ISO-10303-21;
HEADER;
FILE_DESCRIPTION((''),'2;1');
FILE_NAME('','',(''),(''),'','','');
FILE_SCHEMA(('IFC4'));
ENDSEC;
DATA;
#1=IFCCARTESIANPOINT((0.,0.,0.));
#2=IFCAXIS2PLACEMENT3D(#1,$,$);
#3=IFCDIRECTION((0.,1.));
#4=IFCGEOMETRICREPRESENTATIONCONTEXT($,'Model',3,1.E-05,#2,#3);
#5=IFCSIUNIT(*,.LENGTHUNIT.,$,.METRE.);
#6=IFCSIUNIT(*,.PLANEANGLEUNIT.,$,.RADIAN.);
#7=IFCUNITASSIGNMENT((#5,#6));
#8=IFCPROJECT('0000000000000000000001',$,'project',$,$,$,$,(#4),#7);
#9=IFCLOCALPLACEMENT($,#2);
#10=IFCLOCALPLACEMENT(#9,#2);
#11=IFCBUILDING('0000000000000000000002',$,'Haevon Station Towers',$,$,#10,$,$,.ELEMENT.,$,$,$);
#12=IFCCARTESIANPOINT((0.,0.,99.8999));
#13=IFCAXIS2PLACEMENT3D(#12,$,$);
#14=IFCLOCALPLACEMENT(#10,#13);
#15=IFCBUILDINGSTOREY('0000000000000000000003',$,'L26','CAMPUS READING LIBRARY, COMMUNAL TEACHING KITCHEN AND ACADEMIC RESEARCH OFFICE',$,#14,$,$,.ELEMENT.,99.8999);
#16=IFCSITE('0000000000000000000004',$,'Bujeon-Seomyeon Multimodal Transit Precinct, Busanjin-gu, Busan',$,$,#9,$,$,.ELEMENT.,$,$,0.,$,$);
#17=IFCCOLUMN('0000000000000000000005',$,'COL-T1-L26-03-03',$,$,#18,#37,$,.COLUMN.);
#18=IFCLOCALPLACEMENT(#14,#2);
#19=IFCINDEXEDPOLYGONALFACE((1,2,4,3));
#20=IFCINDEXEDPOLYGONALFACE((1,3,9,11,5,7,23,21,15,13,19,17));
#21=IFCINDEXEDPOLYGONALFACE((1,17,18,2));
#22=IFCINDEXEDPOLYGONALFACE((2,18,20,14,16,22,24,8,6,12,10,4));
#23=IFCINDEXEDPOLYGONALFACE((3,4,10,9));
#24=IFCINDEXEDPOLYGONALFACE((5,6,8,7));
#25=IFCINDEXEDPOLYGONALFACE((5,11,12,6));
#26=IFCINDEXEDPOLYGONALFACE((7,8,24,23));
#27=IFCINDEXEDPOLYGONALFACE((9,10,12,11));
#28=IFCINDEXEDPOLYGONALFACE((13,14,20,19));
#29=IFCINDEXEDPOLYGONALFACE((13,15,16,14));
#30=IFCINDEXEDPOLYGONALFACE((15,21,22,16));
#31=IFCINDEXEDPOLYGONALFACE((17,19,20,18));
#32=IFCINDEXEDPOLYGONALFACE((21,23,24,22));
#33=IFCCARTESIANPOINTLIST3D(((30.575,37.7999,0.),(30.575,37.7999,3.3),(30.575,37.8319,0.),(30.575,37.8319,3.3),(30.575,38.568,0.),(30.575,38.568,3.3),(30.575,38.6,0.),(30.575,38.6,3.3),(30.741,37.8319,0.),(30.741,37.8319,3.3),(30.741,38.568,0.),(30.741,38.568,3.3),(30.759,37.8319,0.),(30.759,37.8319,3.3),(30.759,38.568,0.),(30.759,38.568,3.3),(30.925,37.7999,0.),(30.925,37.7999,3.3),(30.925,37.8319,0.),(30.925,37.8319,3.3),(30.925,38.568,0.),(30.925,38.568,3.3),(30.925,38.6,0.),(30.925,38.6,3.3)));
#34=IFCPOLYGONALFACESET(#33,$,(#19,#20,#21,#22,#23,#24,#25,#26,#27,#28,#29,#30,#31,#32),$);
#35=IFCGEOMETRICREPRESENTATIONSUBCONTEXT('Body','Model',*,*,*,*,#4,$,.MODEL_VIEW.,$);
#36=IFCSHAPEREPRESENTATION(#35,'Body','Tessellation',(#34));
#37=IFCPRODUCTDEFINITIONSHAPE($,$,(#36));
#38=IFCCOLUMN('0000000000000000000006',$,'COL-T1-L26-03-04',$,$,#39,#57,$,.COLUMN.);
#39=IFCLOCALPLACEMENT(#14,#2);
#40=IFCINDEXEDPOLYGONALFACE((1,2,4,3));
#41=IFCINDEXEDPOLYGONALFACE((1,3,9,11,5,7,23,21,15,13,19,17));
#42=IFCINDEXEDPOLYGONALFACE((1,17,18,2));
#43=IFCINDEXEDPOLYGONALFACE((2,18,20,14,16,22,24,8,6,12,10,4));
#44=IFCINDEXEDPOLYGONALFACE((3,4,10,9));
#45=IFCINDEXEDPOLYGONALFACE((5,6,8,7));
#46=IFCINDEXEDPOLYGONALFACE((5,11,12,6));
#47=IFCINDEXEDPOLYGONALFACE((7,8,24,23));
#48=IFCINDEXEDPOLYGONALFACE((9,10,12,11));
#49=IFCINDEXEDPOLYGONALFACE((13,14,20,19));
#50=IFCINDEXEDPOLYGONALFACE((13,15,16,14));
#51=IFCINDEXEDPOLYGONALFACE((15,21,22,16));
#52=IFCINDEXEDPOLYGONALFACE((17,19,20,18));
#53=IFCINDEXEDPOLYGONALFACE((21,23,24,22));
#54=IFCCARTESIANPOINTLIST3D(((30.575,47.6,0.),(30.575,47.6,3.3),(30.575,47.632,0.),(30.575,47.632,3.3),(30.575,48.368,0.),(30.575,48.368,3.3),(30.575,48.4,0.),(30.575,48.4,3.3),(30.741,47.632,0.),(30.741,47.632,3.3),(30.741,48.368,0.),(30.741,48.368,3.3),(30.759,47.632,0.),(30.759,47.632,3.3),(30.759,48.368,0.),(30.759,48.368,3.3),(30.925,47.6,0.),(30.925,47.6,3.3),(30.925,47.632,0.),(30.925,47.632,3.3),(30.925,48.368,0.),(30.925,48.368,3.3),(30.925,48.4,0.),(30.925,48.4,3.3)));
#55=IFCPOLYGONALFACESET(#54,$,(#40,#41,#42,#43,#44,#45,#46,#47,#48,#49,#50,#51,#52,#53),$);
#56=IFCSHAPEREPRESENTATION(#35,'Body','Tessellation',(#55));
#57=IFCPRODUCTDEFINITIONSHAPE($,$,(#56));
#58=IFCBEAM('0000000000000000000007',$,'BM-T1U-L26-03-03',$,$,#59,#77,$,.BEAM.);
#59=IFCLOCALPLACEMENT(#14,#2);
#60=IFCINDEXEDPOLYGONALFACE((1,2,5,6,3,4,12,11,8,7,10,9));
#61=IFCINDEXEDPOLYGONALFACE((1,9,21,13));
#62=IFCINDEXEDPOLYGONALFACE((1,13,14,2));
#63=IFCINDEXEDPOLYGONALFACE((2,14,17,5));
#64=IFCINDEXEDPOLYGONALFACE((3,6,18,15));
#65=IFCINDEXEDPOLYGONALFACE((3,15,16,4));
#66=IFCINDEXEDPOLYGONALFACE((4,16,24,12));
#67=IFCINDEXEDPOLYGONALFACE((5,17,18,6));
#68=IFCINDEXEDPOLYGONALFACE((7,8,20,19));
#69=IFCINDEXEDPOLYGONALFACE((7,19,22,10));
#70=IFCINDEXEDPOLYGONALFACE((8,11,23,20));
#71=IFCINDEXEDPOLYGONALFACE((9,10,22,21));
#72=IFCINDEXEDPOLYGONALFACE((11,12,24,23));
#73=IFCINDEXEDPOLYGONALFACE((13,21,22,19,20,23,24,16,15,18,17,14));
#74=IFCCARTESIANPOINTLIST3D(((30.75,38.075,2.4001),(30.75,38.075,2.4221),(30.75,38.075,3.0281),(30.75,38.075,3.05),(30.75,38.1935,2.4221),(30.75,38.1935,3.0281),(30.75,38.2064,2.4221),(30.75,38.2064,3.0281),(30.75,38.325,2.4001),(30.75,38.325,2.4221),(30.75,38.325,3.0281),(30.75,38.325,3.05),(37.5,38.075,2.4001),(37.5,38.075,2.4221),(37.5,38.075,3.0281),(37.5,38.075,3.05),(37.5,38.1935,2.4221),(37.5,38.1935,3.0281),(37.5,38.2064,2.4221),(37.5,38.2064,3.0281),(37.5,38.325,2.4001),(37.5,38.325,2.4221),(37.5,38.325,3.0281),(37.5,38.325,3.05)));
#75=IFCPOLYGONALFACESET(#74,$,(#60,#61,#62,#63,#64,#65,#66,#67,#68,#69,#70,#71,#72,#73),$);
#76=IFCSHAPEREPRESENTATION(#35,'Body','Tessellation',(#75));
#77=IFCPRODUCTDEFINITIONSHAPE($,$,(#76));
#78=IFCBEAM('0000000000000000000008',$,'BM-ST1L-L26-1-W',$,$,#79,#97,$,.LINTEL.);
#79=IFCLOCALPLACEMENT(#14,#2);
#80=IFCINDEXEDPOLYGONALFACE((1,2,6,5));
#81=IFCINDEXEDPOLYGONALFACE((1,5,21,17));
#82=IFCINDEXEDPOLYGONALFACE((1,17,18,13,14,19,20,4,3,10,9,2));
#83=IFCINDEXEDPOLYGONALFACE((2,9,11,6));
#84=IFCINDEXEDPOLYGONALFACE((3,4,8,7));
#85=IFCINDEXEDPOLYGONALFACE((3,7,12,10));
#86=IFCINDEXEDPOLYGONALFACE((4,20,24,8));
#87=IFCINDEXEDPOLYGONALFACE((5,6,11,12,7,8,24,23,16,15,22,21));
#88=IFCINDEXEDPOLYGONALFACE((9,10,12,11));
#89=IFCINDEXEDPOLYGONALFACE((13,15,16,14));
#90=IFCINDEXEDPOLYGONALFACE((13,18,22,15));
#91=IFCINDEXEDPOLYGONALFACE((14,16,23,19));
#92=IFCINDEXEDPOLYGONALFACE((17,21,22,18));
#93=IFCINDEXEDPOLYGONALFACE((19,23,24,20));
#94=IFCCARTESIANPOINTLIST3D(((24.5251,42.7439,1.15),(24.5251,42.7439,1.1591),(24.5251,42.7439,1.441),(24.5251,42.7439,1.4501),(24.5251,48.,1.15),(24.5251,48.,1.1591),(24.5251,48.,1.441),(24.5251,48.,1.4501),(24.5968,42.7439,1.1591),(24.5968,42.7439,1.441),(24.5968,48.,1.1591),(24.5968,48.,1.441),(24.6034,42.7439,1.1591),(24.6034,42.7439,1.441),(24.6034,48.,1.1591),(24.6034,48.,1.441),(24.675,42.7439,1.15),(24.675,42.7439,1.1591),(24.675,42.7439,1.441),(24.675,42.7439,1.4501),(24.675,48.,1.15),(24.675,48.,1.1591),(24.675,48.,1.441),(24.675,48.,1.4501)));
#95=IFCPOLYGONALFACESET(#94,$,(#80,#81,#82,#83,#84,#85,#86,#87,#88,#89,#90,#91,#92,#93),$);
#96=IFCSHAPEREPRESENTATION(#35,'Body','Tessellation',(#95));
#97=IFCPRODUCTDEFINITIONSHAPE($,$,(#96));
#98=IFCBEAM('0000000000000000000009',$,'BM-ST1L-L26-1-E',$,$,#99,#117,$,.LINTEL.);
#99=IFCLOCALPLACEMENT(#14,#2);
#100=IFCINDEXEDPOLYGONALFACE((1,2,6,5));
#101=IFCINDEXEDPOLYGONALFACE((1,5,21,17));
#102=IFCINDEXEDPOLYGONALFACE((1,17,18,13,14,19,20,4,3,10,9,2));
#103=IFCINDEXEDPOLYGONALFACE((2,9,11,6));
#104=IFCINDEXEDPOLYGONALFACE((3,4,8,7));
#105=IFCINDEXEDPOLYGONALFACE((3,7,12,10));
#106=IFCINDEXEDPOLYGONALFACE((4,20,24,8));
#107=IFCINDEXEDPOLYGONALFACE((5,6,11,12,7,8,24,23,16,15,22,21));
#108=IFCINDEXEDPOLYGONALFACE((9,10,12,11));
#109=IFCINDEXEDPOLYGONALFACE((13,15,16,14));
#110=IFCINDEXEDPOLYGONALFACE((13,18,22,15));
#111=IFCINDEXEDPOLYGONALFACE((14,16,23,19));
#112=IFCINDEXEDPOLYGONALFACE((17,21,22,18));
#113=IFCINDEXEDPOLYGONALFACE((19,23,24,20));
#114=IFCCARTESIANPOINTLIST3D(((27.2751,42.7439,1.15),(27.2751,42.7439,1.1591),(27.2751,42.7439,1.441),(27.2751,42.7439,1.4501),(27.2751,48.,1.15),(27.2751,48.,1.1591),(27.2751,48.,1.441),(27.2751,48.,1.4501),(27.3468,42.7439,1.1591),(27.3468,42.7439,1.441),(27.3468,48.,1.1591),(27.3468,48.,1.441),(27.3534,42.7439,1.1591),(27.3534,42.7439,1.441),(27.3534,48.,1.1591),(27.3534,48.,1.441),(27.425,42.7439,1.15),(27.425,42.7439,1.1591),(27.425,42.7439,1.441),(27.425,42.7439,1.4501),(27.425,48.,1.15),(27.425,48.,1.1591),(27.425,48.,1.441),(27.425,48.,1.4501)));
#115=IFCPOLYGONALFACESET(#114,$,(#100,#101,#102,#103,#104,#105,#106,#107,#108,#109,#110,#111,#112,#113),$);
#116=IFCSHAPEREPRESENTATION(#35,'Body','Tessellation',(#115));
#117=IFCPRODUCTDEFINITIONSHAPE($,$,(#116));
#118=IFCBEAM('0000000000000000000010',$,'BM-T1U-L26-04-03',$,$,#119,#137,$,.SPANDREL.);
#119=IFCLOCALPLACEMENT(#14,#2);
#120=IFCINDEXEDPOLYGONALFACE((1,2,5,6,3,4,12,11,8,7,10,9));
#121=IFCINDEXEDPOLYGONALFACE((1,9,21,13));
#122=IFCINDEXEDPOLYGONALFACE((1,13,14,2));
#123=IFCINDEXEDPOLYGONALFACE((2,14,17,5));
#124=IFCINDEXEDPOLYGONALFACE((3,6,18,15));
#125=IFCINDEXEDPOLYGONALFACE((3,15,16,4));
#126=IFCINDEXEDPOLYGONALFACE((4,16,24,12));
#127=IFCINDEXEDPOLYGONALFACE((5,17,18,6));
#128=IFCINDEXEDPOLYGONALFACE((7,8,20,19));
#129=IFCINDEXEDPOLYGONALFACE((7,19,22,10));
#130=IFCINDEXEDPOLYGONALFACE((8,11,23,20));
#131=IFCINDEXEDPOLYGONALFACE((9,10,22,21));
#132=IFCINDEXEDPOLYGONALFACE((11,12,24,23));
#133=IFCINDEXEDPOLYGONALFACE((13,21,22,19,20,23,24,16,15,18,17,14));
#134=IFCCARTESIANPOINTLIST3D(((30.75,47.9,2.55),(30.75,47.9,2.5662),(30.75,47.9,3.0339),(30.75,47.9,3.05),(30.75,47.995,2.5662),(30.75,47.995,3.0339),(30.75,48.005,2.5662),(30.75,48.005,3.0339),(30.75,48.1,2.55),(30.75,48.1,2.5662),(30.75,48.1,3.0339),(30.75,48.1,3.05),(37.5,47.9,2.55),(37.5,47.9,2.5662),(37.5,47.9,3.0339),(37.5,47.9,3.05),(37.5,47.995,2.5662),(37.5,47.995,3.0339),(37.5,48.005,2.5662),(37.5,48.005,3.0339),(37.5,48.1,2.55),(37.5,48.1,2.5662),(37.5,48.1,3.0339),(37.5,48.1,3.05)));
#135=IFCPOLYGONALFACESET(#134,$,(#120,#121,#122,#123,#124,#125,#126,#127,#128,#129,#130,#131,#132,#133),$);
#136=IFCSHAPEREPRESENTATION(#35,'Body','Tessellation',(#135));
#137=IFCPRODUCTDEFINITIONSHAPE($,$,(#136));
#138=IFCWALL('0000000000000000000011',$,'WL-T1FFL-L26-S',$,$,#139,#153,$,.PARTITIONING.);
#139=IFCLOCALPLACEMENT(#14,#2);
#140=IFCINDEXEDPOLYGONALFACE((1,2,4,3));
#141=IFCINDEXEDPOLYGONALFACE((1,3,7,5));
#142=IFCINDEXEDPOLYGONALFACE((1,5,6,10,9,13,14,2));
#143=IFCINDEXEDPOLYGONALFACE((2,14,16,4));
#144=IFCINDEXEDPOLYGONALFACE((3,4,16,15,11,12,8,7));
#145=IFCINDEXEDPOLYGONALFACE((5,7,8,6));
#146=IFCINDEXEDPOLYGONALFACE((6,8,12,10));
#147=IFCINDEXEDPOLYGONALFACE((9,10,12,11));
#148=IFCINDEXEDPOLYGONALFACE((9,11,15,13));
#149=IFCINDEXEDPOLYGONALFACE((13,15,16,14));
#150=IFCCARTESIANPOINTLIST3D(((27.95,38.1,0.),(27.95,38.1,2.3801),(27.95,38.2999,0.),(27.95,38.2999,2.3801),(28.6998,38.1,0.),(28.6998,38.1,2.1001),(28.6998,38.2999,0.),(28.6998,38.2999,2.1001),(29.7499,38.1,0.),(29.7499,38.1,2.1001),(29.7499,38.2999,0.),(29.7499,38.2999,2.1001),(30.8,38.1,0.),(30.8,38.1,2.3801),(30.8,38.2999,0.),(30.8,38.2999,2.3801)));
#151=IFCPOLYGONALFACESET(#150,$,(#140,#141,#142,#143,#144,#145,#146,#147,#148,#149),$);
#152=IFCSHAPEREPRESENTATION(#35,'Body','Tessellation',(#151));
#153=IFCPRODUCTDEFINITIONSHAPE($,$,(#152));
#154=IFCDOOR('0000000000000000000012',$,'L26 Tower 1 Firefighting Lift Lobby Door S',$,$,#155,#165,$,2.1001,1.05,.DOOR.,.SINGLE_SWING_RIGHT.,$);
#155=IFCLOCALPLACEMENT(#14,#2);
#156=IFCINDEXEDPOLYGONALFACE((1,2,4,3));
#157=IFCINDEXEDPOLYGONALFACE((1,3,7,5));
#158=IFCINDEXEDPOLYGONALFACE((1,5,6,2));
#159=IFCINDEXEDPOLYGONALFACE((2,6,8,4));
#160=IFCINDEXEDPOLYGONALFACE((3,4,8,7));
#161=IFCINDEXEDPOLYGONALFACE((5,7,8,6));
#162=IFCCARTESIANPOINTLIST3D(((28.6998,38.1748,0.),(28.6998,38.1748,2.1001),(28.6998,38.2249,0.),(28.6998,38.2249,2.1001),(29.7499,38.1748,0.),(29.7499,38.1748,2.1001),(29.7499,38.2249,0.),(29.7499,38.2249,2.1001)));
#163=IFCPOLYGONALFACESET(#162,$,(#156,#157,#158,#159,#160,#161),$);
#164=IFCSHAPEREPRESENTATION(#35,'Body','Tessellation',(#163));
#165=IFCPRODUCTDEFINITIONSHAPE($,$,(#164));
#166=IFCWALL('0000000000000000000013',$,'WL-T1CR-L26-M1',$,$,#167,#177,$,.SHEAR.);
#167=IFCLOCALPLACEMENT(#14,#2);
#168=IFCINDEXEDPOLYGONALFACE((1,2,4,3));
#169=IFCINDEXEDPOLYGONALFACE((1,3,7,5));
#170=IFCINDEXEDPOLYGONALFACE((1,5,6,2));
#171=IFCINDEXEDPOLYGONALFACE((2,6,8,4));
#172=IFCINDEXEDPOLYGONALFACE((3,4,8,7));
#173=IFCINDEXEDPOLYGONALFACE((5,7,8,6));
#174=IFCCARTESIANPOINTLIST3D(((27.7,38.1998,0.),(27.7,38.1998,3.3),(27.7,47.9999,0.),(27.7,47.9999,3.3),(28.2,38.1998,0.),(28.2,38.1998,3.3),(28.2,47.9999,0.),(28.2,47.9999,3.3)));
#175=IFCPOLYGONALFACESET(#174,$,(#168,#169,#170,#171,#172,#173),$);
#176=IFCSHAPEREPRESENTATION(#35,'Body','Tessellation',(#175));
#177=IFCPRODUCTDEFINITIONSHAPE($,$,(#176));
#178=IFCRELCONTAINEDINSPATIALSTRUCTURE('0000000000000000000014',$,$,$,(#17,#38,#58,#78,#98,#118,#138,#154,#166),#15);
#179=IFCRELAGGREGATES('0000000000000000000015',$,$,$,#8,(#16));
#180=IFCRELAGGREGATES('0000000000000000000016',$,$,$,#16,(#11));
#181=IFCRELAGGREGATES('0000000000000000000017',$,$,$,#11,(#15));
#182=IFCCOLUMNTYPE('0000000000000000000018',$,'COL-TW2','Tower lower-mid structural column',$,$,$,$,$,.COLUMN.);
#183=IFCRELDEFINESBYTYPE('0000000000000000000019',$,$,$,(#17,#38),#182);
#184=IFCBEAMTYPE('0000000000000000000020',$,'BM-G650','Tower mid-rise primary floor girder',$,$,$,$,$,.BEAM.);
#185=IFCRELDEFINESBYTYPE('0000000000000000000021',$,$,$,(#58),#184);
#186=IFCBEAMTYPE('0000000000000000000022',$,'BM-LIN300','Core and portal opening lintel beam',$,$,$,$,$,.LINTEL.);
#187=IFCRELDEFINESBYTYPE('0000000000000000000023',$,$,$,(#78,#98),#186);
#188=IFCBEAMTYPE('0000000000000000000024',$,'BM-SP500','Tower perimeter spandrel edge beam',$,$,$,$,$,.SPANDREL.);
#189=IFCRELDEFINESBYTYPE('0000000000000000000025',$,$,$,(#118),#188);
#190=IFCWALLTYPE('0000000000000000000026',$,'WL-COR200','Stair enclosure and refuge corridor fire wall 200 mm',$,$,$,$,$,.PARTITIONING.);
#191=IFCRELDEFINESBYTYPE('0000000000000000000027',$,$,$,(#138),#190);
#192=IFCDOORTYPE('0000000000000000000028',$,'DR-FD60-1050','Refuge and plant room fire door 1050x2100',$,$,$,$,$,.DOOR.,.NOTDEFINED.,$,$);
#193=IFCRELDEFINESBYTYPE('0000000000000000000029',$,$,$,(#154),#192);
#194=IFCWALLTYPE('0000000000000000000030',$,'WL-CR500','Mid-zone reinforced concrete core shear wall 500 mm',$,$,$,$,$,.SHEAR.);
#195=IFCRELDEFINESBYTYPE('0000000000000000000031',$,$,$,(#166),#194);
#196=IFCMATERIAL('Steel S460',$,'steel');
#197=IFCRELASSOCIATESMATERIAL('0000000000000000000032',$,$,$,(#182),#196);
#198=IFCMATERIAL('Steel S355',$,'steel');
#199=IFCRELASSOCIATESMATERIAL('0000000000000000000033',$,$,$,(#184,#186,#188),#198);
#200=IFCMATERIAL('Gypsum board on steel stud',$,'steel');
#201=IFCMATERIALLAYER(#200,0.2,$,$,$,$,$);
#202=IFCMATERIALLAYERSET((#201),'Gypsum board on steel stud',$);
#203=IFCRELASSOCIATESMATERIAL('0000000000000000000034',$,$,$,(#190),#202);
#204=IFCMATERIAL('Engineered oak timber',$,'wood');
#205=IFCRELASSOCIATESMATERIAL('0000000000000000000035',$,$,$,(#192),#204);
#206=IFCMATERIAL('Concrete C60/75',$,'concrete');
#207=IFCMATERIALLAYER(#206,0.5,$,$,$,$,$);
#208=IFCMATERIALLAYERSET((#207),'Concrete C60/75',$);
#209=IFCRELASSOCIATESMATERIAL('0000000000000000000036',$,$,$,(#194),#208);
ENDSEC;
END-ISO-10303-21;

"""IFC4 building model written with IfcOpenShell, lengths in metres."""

from ifc_helpers import new_model, si_unit, direction, frame, frame_2d, origin, origin_2d, place, context, subcontext, project, spatial, rectangle, i_section, extrude, material, layer, layer_set, material_profile, profile_set, type_object, element, fill, save


model = new_model("IFC4")

# Units and contexts
model_context = context("Model", 3, precision=1e-05, world=origin(), true_north=direction((0.0, 1.0)))
body_context = subcontext(model_context, "Body", "Model", "MODEL_VIEW")
ifc_project = project(units=[si_unit("LENGTHUNIT", "METRE"), si_unit("PLANEANGLEUNIT", "RADIAN")], contexts=[model_context])

# Site, building, storey
site_placement = place(None, origin())
site = spatial("IfcSite", under=ifc_project, at=site_placement, Name="Bujeon-Seomyeon Multimodal Transit Precinct, Busanjin-gu, Busan", CompositionType="ELEMENT", RefElevation=0.0)
building_placement = place(site_placement, origin())
building = spatial("IfcBuilding", under=site, at=building_placement, Name="Haevon Station Towers", CompositionType="ELEMENT")
storey_placement = place(building_placement, frame((0.0, 0.0, 99.8999)))
storey = spatial("IfcBuildingStorey", under=building, at=storey_placement, Name="L26", Description="CAMPUS READING LIBRARY, COMMUNAL TEACHING KITCHEN AND ACADEMIC RESEARCH OFFICE", CompositionType="ELEMENT", Elevation=99.8999)

# Columns
ifc_material_1 = material(Name="Steel S460", Category="steel")
ifc_material_profile_1 = material_profile(ifc_material_1, i_section(OverallWidth=0.3501, OverallDepth=0.8, WebThickness=0.0181, FlangeThickness=0.032, at=origin_2d()), Name="H-800x350x18x32")
ifc_profile_set_1 = profile_set([ifc_material_profile_1], Name="Steel S460")
column_type = type_object("IfcColumnType", Name="COL-TW2", Description="Tower lower-mid structural column", PredefinedType="COLUMN", material=ifc_profile_set_1)
for number, where, z_axis, x_axis, name in (
    (1, (30.75, 38.2, 0.0), (0.0, 0.0, 1.0), (1.0, 0.0, 0.0), "COL-T1-L26-03-03"),
    (2, (30.75, 48.0, 0.0), (0.0, 0.0, 1.0), (1.0, 0.0, 0.0), "COL-T1-L26-03-04"),
):
    element("IfcColumn", number, at=place(storey_placement, frame(where, z_axis=z_axis, x_axis=x_axis)), inside=storey, type_object=column_type, Name=name, PredefinedType="COLUMN", context=body_context, shape_type="SweptSolid", body=[
        extrude(i_section(OverallWidth=0.3501, OverallDepth=0.8, WebThickness=0.0181, FlangeThickness=0.032, at=origin_2d()), origin(), (0.0, 0.0, 1.0), 3.3),
    ])

# Beams
ifc_material_2 = material(Name="Steel S355", Category="steel")
ifc_material_profile_2 = material_profile(ifc_material_2, i_section(OverallWidth=0.25, OverallDepth=0.6499, WebThickness=0.0129, FlangeThickness=0.022, at=origin_2d()), Name="H-650x250x13x22")
ifc_profile_set_2 = profile_set([ifc_material_profile_2], Name="Steel S355")
beam_type_1 = type_object("IfcBeamType", Name="BM-G650", Description="Tower mid-rise primary floor girder", PredefinedType="BEAM", material=ifc_profile_set_2)
beam_1_placement = place(storey_placement, frame((30.75, 38.2, 2.7251), z_axis=(1.0, 0.0, 0.0), x_axis=(0.0, 1.0, 0.0)))
element("IfcBeam", 3, at=beam_1_placement, inside=storey, type_object=beam_type_1, Name="BM-T1U-L26-03-03", PredefinedType="BEAM", context=body_context, shape_type="SweptSolid", body=[
    extrude(i_section(OverallWidth=0.25, OverallDepth=0.6499, WebThickness=0.0129, FlangeThickness=0.022, at=origin_2d()), origin(), (0.0, 0.0, 1.0), 6.75),
])
ifc_material_profile_3 = material_profile(ifc_material_2, i_section(OverallWidth=0.1499, OverallDepth=0.3, WebThickness=0.0066, FlangeThickness=0.009, at=origin_2d()), Name="H-300x150x6.5x9")
ifc_profile_set_3 = profile_set([ifc_material_profile_3], Name="Steel S355")
beam_type_2 = type_object("IfcBeamType", Name="BM-LIN300", Description="Core and portal opening lintel beam", PredefinedType="LINTEL", material=ifc_profile_set_3)
for number, where, z_axis, x_axis, name in (
    (4, (24.6001, 42.7439, 1.3), (0.0, 1.0, 0.0), (-1.0, 0.0, 0.0), "BM-ST1L-L26-1-W"),
    (5, (27.3501, 42.7439, 1.3), (0.0, 1.0, 0.0), (-1.0, 0.0, 0.0), "BM-ST1L-L26-1-E"),
):
    element("IfcBeam", number, at=place(storey_placement, frame(where, z_axis=z_axis, x_axis=x_axis)), inside=storey, type_object=beam_type_2, Name=name, PredefinedType="LINTEL", context=body_context, shape_type="SweptSolid", body=[
        extrude(i_section(OverallWidth=0.1499, OverallDepth=0.3, WebThickness=0.0066, FlangeThickness=0.009, at=origin_2d()), origin(), (0.0, 0.0, 1.0), 5.2561),
    ])
ifc_material_profile_4 = material_profile(ifc_material_2, i_section(OverallWidth=0.2, OverallDepth=0.5, WebThickness=0.01, FlangeThickness=0.0161, at=origin_2d()), Name="H-500x200x10x16")
ifc_profile_set_4 = profile_set([ifc_material_profile_4], Name="Steel S355")
beam_type_3 = type_object("IfcBeamType", Name="BM-SP500", Description="Tower perimeter spandrel edge beam", PredefinedType="SPANDREL", material=ifc_profile_set_4)
beam_2_placement = place(storey_placement, frame((30.75, 48.0, 2.8), z_axis=(1.0, 0.0, 0.0), x_axis=(0.0, 1.0, 0.0)))
element("IfcBeam", 6, at=beam_2_placement, inside=storey, type_object=beam_type_3, Name="BM-T1U-L26-04-03", PredefinedType="SPANDREL", context=body_context, shape_type="SweptSolid", body=[
    extrude(i_section(OverallWidth=0.2, OverallDepth=0.5, WebThickness=0.01, FlangeThickness=0.0161, at=origin_2d()), origin(), (0.0, 0.0, 1.0), 6.75),
])

# Wall, opening, door
ifc_material_3 = material(Name="Gypsum board on steel stud", Category="steel")
ifc_layer_1 = layer(ifc_material_3, 0.2)
ifc_layer_set_1 = layer_set([ifc_layer_1], Name="Gypsum board on steel stud")
wall_type_1 = type_object("IfcWallType", Name="WL-COR200", Description="Stair enclosure and refuge corridor fire wall 200 mm", PredefinedType="PARTITIONING", material=ifc_layer_set_1)
wall_1_placement = place(storey_placement, frame((27.95, 38.2, 0.0), z_axis=(0.0, 0.0, 1.0), x_axis=(1.0, 0.0, 0.0)))
wall_1 = element("IfcWall", 7, at=wall_1_placement, inside=storey, type_object=wall_type_1, Name="WL-T1FFL-L26-S", PredefinedType="PARTITIONING", context=body_context, shape_type="SweptSolid", body=[
    extrude(rectangle(XDim=2.8501, YDim=0.2, at=frame_2d((1.425, 0.0))), origin(), (0.0, 0.0, 1.0), 2.3801),
])
opening_1_placement = place(wall_1_placement, frame((0.75, 0.0, 0.0)))
opening_1 = element("IfcOpeningElement", 8, at=opening_1_placement, cuts=wall_1, PredefinedType="OPENING", context=body_context, shape_type="SweptSolid", body=[
    extrude(rectangle(XDim=1.05, YDim=2.1001, at=frame_2d((0.5249, 1.05))), frame((0.0, 0.1099, 0.0), z_axis=(0.0, -1.0, 0.0), x_axis=(1.0, 0.0, 0.0)), (0.0, 0.0, 1.0), 0.22),
])
ifc_material_4 = material(Name="Engineered oak timber", Category="wood")
door_type_1 = type_object("IfcDoorType", Name="DR-FD60-1050", Description="Refuge and plant room fire door 1050x2100", OperationType="NOTDEFINED", PredefinedType="DOOR", material=ifc_material_4)
door_1_placement = place(opening_1_placement, origin())
door_1 = element("IfcDoor", 9, at=door_1_placement, inside=storey, type_object=door_type_1, Name="L26 Tower 1 Firefighting Lift Lobby Door S", OperationType="SINGLE_SWING_RIGHT", OverallHeight=2.1001, OverallWidth=1.05, PredefinedType="DOOR", context=body_context, shape_type="SweptSolid", body=[
    extrude(rectangle(XDim=1.05, YDim=2.1001, at=frame_2d((0.5249, 1.05))), frame((0.0, 0.0249, 0.0), z_axis=(0.0, -1.0, 0.0), x_axis=(1.0, 0.0, 0.0)), (0.0, 0.0, 1.0), 0.05),
])
fill(opening_1, door_1)

# Wall
ifc_material_5 = material(Name="Concrete C60/75", Category="concrete")
ifc_layer_2 = layer(ifc_material_5, 0.5)
ifc_layer_set_2 = layer_set([ifc_layer_2], Name="Concrete C60/75")
wall_type_2 = type_object("IfcWallType", Name="WL-CR500", Description="Mid-zone reinforced concrete core shear wall 500 mm", PredefinedType="SHEAR", material=ifc_layer_set_2)
wall_2_placement = place(storey_placement, frame((27.95, 38.2, 0.0), z_axis=(0.0, 0.0, 1.0), x_axis=(0.0, 1.0, 0.0)))
element("IfcWall", 10, at=wall_2_placement, inside=storey, type_object=wall_type_2, Name="WL-T1CR-L26-M1", PredefinedType="SHEAR", context=body_context, shape_type="SweptSolid", body=[
    extrude(rectangle(XDim=9.8, YDim=0.5, at=frame_2d((4.8999, 0.0))), origin(), (0.0, 0.0, 1.0), 3.3),
])

save(model, "model.ifc")
